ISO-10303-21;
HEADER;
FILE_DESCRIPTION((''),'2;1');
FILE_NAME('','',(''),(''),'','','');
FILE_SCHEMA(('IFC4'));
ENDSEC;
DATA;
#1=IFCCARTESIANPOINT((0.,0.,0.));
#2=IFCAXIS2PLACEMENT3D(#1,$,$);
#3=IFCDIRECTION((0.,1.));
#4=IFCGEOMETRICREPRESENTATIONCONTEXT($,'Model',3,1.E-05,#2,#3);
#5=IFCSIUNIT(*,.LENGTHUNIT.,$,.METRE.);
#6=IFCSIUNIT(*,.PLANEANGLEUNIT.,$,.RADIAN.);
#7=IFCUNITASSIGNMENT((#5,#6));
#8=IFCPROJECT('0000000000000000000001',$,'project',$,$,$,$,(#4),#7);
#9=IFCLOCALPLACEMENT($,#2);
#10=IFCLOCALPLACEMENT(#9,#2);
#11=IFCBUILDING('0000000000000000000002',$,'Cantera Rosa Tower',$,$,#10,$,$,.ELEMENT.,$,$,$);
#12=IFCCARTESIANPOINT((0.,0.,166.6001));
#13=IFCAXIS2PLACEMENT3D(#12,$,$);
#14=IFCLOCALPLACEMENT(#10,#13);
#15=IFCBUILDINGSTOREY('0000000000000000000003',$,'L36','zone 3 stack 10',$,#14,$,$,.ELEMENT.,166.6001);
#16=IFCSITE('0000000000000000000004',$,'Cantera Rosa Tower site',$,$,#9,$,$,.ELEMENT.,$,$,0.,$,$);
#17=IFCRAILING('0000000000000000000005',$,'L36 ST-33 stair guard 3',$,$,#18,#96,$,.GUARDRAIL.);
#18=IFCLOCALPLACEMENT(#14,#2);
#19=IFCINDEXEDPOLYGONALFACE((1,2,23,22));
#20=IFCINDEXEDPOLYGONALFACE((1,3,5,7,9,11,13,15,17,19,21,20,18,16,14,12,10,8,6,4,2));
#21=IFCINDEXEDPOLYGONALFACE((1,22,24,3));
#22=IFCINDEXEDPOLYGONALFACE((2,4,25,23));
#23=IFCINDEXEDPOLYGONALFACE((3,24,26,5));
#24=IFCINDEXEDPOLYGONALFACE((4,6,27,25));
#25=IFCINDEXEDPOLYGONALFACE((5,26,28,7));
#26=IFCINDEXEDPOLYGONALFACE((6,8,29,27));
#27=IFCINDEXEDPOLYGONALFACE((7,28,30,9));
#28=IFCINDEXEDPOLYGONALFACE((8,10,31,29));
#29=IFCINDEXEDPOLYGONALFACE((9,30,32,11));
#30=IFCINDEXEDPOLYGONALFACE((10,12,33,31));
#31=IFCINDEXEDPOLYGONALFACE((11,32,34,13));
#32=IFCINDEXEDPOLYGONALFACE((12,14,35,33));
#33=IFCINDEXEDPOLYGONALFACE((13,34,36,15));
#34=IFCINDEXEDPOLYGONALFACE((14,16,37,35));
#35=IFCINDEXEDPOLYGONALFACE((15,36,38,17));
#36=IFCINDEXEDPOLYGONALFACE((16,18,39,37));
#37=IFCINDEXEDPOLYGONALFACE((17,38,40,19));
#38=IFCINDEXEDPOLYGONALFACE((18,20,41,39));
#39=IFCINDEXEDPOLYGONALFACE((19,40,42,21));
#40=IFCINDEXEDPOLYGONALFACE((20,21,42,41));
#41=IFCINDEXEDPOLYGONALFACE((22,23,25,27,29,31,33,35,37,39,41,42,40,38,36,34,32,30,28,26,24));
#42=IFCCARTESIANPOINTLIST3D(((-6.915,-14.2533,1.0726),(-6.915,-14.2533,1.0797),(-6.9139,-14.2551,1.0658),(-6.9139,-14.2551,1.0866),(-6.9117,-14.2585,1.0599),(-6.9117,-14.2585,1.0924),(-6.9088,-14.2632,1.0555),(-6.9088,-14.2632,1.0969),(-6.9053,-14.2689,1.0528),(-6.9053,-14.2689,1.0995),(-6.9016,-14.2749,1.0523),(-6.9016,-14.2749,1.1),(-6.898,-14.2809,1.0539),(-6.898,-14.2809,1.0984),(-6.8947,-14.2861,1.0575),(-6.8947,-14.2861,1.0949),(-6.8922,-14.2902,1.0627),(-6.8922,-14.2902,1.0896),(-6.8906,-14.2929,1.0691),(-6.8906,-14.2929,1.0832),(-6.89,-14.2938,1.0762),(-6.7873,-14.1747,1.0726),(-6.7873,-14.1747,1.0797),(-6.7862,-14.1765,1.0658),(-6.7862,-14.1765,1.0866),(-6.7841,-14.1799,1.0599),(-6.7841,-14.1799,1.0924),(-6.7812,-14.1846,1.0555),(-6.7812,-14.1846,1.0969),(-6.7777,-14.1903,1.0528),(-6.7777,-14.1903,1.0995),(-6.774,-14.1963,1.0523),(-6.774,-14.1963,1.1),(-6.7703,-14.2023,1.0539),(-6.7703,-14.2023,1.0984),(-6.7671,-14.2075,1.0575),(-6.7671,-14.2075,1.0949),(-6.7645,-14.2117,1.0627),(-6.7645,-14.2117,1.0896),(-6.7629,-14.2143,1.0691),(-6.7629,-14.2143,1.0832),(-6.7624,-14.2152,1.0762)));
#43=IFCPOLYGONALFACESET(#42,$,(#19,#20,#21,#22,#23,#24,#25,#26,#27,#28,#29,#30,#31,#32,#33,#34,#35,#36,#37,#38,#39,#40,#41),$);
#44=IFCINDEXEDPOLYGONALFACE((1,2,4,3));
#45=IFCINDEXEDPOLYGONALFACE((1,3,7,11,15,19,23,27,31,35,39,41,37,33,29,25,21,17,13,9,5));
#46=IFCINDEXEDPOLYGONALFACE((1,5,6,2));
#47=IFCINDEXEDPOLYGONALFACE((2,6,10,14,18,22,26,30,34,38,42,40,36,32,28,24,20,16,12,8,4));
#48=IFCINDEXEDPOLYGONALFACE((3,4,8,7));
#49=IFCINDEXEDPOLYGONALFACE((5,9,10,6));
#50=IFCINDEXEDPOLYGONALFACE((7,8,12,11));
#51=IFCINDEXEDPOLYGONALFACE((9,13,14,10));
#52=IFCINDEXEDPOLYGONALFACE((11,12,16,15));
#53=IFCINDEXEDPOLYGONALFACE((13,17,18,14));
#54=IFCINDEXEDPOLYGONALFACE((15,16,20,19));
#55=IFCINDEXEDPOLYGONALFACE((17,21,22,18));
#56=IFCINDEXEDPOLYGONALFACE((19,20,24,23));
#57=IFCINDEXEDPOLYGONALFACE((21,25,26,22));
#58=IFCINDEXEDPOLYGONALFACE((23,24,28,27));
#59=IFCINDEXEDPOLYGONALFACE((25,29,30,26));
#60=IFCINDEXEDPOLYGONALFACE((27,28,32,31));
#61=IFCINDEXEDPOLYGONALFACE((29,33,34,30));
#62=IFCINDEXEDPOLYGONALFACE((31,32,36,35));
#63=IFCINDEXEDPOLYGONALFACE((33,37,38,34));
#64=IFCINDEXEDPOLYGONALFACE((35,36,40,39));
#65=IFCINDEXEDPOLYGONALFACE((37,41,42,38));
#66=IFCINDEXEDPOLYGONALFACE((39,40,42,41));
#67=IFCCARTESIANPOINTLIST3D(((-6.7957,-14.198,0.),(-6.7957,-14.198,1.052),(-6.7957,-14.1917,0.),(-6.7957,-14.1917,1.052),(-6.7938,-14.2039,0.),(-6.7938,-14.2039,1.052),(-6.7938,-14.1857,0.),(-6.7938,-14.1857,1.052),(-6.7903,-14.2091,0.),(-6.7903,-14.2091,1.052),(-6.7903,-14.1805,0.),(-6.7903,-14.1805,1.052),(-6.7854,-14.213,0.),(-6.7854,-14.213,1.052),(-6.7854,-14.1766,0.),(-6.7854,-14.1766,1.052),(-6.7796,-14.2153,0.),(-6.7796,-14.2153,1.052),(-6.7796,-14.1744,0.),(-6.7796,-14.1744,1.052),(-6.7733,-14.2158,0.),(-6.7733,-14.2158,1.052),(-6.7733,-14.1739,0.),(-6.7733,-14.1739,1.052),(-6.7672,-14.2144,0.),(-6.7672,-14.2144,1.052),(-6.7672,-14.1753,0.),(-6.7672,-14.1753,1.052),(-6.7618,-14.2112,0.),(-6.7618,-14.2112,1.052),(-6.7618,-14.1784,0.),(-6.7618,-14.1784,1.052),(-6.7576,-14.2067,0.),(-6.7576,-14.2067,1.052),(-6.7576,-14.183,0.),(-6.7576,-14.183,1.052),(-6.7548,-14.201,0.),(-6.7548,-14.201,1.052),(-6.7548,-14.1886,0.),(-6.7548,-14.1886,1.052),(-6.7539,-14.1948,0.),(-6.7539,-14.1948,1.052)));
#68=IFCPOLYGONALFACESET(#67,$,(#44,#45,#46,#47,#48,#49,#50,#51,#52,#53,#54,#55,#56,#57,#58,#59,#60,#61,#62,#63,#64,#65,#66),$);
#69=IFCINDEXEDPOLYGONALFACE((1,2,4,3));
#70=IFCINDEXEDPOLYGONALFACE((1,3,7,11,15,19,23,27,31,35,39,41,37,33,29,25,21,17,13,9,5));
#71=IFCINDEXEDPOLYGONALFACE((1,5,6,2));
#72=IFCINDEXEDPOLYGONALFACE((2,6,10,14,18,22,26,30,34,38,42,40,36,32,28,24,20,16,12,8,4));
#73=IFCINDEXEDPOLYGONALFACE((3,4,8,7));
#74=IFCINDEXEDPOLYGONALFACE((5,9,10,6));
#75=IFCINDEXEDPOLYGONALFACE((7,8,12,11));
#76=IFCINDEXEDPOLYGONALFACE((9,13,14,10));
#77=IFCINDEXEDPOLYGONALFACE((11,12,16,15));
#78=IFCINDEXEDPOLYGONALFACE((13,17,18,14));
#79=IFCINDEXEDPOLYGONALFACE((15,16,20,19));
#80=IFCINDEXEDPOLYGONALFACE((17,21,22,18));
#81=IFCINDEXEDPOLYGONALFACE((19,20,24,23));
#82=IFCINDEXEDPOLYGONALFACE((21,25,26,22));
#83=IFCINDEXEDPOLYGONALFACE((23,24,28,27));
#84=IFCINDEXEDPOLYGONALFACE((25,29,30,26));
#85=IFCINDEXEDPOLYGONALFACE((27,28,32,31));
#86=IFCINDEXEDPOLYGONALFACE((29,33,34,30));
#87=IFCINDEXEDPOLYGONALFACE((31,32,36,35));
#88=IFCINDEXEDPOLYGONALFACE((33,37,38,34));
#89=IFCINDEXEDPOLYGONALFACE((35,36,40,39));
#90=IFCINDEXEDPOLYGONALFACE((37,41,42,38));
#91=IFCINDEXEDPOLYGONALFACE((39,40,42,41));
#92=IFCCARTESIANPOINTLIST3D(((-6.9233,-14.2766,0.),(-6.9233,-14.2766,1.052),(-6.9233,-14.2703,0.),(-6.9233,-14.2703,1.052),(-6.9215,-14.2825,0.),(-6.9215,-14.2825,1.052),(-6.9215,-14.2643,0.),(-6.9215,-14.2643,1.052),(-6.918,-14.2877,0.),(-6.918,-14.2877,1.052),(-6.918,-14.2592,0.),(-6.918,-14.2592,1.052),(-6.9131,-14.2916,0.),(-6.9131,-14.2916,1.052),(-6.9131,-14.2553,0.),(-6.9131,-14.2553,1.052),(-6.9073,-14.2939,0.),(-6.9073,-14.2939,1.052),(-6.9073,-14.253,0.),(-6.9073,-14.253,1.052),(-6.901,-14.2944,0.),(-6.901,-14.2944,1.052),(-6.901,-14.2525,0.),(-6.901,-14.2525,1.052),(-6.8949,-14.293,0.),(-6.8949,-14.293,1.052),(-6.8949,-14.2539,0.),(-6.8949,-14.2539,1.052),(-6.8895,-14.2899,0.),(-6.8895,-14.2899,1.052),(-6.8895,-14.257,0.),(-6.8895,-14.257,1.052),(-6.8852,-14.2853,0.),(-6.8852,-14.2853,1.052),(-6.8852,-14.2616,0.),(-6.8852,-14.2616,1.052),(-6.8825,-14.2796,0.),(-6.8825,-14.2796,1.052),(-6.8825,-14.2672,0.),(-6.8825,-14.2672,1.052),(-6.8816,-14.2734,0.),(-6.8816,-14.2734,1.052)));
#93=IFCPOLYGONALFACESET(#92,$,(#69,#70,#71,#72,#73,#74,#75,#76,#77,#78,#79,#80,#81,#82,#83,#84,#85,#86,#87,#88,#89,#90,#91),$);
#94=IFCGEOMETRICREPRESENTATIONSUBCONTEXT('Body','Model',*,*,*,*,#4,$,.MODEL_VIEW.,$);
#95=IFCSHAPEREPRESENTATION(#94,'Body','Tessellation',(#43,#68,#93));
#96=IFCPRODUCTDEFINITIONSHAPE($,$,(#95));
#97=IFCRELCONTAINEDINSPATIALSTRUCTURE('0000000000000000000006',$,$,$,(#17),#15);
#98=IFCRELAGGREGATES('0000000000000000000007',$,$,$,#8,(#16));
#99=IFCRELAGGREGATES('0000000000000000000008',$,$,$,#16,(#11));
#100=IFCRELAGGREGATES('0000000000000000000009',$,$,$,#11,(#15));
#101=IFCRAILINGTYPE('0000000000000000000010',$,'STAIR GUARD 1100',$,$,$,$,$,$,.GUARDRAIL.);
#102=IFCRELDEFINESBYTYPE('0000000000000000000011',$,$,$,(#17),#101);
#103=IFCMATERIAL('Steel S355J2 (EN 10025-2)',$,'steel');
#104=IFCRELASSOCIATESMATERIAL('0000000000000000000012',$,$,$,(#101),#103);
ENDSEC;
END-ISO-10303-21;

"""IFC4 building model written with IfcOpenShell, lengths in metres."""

from ifc_helpers import new_model, si_unit, direction, frame, origin, origin_2d, place, context, subcontext, project, spatial, circle, extrude, material, type_object, element, save


model = new_model("IFC4")

# Units and contexts
model_context = context("Model", 3, precision=1e-05, world=origin(), true_north=direction((0.0, 1.0)))
body_context = subcontext(model_context, "Body", "Model", "MODEL_VIEW")
ifc_project = project(units=[si_unit("LENGTHUNIT", "METRE"), si_unit("PLANEANGLEUNIT", "RADIAN")], contexts=[model_context])

# Site, building, storey
site_placement = place(None, origin())
site = spatial("IfcSite", under=ifc_project, at=site_placement, Name="Cantera Rosa Tower site", CompositionType="ELEMENT", RefElevation=0.0)
building_placement = place(site_placement, origin())
building = spatial("IfcBuilding", under=site, at=building_placement, Name="Cantera Rosa Tower", CompositionType="ELEMENT")
storey_placement = place(building_placement, frame((0.0, 0.0, 166.6001)))
storey = spatial("IfcBuildingStorey", under=building, at=storey_placement, Name="L36", Description="zone 3 stack 10", CompositionType="ELEMENT", Elevation=166.6001)

# Railing
ifc_material_1 = material(Name="Steel S355J2 (EN 10025-2)", Category="steel")
railing_type_1 = type_object("IfcRailingType", Name="STAIR GUARD 1100", PredefinedType="GUARDRAIL", material=ifc_material_1)
railing_1_placement = place(storey_placement, frame((-6.7749, -14.1948, 0.0)))
element("IfcRailing", 1, at=railing_1_placement, inside=storey, type_object=railing_type_1, Name="L36 ST-33 stair guard 3", PredefinedType="GUARDRAIL", context=body_context, shape_type="SweptSolid", body=[
    extrude(circle(Radius=0.0239, at=origin_2d()), frame((0.0, 0.0, 1.0762), z_axis=(-0.851546, -0.524279, 0.0), x_axis=(0.524279, -0.851546, 0.0)), (0.0, 0.0, 1.0), 0.1499),
    extrude(circle(Radius=0.021, at=origin_2d()), origin(), (0.0, 0.0, 1.0), 1.052),
    extrude(circle(Radius=0.021, at=origin_2d()), frame((-0.1277, -0.0786, 0.0)), (0.0, 0.0, 1.0), 1.052),
])

save(model, "model.ifc")
